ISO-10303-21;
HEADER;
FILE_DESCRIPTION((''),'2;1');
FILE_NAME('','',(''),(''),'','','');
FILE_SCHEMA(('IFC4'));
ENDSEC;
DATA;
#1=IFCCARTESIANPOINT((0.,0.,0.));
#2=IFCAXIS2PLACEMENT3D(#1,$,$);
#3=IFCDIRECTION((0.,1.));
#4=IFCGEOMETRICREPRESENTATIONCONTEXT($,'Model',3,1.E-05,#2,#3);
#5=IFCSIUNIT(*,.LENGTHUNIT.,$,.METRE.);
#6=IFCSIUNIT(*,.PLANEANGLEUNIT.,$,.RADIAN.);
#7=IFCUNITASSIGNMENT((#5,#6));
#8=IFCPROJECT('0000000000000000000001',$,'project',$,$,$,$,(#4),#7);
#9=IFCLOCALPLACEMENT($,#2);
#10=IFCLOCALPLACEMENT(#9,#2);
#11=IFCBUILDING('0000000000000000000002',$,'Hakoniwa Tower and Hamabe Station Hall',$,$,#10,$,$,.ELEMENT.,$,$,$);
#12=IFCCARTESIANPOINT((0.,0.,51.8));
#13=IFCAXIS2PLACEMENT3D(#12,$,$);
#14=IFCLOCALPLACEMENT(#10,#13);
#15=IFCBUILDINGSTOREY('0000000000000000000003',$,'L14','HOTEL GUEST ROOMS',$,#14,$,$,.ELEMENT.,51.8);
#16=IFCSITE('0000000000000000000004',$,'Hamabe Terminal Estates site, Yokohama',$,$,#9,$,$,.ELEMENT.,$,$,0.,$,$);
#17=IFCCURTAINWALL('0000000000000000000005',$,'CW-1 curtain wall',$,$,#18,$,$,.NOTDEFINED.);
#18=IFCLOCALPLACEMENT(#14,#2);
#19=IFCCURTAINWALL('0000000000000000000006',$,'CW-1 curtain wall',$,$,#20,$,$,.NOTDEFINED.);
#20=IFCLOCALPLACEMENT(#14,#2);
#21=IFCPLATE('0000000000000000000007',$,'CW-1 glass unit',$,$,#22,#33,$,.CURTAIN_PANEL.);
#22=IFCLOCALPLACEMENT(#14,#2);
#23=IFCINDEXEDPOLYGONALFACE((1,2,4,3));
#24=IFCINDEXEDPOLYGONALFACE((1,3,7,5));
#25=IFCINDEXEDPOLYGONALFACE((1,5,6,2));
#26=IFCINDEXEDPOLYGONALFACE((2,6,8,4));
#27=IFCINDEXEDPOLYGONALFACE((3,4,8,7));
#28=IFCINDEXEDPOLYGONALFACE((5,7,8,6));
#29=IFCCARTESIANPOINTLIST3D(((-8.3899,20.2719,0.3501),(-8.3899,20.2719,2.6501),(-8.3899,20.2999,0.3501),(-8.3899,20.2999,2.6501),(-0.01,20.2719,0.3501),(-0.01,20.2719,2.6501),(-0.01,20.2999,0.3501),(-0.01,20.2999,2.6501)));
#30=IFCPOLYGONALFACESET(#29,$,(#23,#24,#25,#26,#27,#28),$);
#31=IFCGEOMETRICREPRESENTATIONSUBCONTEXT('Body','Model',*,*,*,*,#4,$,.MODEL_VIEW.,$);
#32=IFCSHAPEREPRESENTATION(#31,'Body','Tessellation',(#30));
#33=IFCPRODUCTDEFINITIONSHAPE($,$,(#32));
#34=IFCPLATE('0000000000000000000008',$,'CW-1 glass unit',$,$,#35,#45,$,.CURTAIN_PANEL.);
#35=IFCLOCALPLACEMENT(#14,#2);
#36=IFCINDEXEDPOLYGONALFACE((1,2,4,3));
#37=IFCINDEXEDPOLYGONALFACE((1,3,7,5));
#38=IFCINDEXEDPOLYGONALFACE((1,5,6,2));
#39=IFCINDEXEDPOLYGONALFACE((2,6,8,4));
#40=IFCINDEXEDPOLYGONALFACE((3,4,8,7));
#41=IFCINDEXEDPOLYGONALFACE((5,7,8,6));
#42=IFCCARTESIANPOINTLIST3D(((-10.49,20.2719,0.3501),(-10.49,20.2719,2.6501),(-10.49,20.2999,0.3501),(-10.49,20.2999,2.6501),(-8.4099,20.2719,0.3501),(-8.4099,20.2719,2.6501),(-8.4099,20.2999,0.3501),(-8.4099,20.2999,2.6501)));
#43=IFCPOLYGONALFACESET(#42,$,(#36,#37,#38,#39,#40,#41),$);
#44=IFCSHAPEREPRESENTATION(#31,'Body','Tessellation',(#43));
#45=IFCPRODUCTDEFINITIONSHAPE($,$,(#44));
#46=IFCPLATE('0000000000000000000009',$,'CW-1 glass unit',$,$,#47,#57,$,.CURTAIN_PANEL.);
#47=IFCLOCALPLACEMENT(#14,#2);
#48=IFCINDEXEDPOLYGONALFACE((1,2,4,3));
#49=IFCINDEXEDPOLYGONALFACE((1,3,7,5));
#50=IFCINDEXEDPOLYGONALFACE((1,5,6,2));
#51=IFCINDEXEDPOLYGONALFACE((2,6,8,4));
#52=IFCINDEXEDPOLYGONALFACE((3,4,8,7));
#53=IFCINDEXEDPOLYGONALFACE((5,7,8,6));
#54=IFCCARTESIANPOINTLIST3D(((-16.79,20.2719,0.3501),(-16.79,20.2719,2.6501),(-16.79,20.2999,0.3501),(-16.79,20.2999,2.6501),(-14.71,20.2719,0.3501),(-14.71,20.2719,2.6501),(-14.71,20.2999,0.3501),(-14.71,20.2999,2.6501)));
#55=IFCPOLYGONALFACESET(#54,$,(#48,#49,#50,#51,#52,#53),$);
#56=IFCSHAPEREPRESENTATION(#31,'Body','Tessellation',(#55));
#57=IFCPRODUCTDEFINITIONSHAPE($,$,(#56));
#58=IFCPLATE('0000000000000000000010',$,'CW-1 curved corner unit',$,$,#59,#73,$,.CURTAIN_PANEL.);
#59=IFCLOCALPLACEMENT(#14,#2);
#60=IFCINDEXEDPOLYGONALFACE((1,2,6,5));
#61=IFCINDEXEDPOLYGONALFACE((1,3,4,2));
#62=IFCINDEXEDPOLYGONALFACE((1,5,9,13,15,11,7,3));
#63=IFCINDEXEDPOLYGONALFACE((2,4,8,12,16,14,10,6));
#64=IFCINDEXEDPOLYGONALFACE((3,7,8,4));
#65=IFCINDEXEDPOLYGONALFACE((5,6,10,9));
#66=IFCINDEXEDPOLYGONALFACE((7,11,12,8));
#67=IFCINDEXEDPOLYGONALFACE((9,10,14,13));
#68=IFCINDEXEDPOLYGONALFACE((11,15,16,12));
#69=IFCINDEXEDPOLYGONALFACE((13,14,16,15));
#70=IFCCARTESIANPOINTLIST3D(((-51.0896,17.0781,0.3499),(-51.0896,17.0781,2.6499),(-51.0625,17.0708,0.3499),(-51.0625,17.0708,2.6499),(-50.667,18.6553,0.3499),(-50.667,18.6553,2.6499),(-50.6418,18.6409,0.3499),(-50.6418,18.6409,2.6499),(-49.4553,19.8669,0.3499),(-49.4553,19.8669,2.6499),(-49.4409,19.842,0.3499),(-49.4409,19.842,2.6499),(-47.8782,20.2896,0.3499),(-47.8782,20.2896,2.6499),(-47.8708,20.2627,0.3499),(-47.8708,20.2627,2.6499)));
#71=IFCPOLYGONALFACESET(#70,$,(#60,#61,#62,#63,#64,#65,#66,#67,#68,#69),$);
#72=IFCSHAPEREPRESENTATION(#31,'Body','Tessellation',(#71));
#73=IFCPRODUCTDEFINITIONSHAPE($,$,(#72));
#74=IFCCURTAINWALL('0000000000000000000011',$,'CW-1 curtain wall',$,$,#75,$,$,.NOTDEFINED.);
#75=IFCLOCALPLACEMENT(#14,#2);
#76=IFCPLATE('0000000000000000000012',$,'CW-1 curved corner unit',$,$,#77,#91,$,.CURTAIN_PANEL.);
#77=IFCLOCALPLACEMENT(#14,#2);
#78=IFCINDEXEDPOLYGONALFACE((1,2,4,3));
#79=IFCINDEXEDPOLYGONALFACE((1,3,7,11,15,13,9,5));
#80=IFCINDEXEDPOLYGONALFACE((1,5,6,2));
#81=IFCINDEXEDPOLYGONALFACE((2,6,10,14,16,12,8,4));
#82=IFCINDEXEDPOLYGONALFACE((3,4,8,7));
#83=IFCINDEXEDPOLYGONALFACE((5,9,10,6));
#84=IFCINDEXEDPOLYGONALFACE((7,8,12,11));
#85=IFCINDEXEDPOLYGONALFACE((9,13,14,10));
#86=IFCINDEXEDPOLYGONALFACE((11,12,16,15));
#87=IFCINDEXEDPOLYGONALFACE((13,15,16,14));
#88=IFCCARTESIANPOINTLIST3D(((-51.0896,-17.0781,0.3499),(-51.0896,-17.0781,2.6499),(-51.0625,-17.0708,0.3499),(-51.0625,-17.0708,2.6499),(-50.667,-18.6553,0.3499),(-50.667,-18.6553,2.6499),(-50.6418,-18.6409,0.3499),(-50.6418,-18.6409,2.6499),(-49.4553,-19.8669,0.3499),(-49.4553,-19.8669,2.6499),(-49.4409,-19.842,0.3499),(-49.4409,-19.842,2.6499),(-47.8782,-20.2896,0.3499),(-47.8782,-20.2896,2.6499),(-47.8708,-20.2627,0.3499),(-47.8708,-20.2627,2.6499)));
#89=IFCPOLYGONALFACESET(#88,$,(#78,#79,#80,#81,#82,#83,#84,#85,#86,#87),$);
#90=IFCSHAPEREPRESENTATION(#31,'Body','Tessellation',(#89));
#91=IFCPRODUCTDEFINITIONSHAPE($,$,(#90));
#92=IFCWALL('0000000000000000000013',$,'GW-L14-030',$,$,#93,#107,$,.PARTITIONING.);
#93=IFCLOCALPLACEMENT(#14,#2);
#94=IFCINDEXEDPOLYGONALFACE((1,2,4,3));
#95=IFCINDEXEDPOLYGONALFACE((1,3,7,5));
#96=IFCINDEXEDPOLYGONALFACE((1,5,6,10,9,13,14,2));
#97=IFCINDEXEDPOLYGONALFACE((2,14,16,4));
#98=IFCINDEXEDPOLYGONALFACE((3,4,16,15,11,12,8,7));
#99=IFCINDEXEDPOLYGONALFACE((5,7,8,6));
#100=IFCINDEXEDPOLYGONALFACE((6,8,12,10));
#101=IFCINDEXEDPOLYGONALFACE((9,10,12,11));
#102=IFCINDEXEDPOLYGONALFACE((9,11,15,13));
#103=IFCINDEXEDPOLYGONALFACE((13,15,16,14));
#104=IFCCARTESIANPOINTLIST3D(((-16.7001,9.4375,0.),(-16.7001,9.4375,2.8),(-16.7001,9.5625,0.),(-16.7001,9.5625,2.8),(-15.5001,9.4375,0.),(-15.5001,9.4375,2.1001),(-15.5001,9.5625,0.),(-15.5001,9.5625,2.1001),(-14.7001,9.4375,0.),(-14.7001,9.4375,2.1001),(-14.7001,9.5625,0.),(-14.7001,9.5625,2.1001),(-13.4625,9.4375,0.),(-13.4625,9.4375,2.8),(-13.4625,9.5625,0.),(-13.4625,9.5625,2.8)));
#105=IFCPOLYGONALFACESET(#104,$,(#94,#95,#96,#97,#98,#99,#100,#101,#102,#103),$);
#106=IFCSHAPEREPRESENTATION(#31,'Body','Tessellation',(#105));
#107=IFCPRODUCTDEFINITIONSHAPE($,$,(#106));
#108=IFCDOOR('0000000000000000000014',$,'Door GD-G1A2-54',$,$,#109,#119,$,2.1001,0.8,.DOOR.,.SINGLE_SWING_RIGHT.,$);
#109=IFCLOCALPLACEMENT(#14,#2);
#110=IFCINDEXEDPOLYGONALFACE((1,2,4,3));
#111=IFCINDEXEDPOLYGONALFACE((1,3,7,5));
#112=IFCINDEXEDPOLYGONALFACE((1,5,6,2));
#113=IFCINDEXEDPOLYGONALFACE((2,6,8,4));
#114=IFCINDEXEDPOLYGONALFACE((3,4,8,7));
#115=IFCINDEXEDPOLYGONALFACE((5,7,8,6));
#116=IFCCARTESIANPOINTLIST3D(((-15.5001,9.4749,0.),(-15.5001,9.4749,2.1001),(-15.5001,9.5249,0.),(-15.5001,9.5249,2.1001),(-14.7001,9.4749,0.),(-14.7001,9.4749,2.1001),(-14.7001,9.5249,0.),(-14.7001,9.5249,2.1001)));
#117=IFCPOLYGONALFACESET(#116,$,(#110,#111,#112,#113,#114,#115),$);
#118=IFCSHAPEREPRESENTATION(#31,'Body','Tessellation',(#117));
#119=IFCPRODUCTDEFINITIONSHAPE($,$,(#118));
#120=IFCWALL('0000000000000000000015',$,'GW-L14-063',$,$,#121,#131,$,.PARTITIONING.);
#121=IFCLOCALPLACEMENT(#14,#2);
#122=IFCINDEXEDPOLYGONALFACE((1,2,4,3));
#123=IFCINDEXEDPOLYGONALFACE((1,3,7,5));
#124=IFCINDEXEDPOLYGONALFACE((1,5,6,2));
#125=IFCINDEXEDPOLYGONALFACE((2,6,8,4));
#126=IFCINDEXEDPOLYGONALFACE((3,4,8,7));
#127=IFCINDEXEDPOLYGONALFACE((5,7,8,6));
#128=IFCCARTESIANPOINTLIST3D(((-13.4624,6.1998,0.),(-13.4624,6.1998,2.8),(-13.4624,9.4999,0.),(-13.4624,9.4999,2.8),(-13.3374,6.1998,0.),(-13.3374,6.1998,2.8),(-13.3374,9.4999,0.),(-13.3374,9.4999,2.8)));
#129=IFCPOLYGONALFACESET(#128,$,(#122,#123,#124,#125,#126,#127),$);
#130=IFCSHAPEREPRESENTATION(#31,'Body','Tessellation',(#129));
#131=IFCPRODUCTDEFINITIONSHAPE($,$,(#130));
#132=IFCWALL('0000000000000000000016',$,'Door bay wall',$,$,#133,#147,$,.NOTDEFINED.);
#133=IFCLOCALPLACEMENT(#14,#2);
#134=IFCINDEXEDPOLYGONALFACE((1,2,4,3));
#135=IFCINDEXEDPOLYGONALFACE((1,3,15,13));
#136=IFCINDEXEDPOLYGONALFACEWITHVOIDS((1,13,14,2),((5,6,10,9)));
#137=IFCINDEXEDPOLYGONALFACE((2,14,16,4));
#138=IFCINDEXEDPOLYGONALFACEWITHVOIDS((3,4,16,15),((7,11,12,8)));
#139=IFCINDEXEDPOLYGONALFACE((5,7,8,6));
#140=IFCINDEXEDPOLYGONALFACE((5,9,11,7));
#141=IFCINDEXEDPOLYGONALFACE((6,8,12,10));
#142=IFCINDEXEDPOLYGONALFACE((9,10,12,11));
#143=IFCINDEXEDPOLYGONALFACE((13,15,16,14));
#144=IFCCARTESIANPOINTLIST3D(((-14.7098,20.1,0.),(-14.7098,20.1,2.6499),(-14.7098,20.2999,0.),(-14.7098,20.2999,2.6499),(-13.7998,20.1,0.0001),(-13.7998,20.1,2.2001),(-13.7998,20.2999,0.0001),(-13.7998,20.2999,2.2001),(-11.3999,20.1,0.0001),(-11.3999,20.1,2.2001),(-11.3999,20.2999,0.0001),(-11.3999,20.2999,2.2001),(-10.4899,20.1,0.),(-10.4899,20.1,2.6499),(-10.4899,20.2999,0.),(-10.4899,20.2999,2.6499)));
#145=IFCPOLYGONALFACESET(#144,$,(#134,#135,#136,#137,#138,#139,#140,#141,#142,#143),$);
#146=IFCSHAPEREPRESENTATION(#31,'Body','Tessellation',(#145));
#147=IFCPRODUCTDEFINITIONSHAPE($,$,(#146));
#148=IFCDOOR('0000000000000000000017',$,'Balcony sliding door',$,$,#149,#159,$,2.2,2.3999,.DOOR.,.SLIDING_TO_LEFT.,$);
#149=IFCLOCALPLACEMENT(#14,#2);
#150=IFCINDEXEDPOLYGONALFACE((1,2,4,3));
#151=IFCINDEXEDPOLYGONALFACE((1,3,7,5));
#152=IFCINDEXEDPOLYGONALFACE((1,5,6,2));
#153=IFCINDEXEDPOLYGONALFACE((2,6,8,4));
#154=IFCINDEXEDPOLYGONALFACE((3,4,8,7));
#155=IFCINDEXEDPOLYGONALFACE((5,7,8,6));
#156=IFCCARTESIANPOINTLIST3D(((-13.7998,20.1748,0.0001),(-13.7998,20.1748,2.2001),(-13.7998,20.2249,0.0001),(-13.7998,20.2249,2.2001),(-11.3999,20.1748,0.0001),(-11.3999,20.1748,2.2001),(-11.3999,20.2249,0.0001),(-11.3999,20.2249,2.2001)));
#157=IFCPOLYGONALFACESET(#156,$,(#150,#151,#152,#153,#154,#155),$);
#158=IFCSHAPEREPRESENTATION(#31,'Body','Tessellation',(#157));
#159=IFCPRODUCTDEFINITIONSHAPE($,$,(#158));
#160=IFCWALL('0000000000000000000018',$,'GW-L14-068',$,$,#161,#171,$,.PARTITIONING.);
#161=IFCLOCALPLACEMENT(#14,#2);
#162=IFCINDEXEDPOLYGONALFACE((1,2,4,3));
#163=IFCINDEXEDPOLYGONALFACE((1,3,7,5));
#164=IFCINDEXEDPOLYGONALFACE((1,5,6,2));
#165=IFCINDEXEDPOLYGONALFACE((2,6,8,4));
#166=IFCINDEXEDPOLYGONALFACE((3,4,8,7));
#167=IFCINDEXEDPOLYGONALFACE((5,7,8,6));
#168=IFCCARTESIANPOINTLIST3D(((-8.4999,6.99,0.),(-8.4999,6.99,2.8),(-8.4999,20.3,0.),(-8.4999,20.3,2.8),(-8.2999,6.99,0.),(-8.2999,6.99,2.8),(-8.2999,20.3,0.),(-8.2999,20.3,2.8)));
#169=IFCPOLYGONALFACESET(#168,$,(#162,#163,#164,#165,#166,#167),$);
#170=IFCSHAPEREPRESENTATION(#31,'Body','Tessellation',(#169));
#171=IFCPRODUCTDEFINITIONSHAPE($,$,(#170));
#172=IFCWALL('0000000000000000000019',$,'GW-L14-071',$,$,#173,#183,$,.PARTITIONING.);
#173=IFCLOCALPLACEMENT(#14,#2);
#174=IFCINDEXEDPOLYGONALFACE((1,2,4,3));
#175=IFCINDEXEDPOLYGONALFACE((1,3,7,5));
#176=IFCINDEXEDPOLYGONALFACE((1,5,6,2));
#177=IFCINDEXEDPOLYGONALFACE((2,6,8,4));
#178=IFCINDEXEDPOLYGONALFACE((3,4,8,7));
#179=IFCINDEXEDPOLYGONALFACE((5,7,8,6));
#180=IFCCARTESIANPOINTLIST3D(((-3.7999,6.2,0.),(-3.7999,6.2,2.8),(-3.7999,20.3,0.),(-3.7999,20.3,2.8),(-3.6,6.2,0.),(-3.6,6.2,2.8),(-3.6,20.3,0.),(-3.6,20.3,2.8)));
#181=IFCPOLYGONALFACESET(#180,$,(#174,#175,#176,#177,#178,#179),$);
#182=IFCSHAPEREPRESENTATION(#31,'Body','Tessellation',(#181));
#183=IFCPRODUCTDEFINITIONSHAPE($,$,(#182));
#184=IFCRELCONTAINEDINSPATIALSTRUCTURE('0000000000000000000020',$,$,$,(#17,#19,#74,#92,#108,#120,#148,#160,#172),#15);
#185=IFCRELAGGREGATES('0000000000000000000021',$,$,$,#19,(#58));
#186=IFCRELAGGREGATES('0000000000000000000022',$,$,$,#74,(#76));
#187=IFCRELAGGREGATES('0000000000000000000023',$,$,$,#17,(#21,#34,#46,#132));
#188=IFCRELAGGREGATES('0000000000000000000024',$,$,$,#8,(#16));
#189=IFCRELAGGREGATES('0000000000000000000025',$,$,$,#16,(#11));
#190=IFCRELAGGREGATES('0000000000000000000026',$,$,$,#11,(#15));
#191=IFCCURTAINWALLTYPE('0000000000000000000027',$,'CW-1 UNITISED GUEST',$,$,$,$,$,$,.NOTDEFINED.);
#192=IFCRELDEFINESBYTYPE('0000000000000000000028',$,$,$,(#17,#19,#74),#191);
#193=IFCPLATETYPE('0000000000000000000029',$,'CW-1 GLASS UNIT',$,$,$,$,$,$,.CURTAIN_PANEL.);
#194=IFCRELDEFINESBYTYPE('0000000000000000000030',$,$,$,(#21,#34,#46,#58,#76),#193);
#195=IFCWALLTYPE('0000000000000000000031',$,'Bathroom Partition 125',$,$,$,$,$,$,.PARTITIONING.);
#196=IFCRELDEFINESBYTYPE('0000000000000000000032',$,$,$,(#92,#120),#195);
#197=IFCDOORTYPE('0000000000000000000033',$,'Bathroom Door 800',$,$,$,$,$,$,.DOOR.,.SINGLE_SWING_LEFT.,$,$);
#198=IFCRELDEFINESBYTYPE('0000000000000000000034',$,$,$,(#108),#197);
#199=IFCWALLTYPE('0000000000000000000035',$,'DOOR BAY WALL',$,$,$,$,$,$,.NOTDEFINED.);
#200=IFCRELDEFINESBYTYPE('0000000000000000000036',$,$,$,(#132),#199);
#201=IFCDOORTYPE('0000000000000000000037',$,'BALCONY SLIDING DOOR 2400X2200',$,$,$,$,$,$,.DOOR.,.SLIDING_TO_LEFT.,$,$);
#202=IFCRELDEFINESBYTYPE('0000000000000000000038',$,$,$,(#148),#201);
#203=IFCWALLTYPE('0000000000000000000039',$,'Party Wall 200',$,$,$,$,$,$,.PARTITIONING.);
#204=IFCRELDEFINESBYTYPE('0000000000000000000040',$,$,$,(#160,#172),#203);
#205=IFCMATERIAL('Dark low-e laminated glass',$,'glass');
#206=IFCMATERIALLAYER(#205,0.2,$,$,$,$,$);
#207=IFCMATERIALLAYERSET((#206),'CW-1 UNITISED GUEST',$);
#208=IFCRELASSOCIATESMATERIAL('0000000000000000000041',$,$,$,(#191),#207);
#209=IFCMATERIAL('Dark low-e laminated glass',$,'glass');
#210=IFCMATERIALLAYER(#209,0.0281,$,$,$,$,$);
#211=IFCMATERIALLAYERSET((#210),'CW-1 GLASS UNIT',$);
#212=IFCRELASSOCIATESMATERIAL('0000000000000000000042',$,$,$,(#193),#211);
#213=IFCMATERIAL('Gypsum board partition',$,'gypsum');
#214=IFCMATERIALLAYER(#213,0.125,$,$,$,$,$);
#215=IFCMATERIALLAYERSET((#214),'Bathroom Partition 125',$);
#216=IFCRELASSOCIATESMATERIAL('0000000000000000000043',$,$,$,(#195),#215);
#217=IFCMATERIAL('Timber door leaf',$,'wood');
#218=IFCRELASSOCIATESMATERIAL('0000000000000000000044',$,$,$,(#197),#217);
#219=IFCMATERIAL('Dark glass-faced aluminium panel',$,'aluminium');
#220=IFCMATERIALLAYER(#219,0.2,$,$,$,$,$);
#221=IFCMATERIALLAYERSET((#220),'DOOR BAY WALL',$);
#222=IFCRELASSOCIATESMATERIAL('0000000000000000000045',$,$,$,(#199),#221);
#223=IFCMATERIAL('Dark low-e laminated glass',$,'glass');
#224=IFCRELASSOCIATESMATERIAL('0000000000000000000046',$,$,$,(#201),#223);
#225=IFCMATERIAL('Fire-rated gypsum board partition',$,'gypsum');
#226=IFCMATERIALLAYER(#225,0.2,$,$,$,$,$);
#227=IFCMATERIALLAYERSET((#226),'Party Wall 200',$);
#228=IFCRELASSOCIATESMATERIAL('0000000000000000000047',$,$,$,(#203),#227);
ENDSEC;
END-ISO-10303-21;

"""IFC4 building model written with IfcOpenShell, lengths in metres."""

from ifc_helpers import new_model, si_unit, direction, frame, frame_2d, origin, origin_2d, place, context, subcontext, project, spatial, polyline, rectangle, outline, extrude, material, layer, layer_set, type_object, element, fill, aggregate, save


model = new_model("IFC4")

# Units and contexts
model_context = context("Model", 3, precision=1e-05, world=origin(), true_north=direction((0.0, 1.0)))
body_context = subcontext(model_context, "Body", "Model", "MODEL_VIEW")
ifc_project = project(units=[si_unit("LENGTHUNIT", "METRE"), si_unit("PLANEANGLEUNIT", "RADIAN")], contexts=[model_context])

# Site, building, storey
site_placement = place(None, origin())
site = spatial("IfcSite", under=ifc_project, at=site_placement, Name="Hamabe Terminal Estates site, Yokohama", CompositionType="ELEMENT", RefElevation=0.0)
building_placement = place(site_placement, origin())
building = spatial("IfcBuilding", under=site, at=building_placement, Name="Hakoniwa Tower and Hamabe Station Hall", CompositionType="ELEMENT")
storey_placement = place(building_placement, frame((0.0, 0.0, 51.8)))
storey = spatial("IfcBuildingStorey", under=building, at=storey_placement, Name="L14", Description="HOTEL GUEST ROOMS", CompositionType="ELEMENT", Elevation=51.8)

# Curtain walls
ifc_material_1 = material(Name="Dark low-e laminated glass", Category="glass")
ifc_layer_1 = layer(ifc_material_1, 0.2)
ifc_layer_set_1 = layer_set([ifc_layer_1], Name="CW-1 UNITISED GUEST")
curtain_wall_type = type_object("IfcCurtainWallType", Name="CW-1 UNITISED GUEST", PredefinedType="NOTDEFINED", material=ifc_layer_set_1)
curtain_wall_1_placement = place(storey_placement, origin())
curtain_wall_1 = element("IfcCurtainWall", 1, at=curtain_wall_1_placement, inside=storey, type_object=curtain_wall_type, Name="CW-1 curtain wall", PredefinedType="NOTDEFINED")
curtain_wall_2_placement = place(storey_placement, origin())
curtain_wall_2 = element("IfcCurtainWall", 2, at=curtain_wall_2_placement, inside=storey, type_object=curtain_wall_type, Name="CW-1 curtain wall", PredefinedType="NOTDEFINED")

# Plates
ifc_material_2 = material(Name="Dark low-e laminated glass", Category="glass")
ifc_layer_2 = layer(ifc_material_2, 0.0281)
ifc_layer_set_2 = layer_set([ifc_layer_2], Name="CW-1 GLASS UNIT")
plate_type = type_object("IfcPlateType", Name="CW-1 GLASS UNIT", PredefinedType="CURTAIN_PANEL", material=ifc_layer_set_2)
plate_1_placement = place(storey_placement, frame((-4.2, 20.2859, 0.3501), z_axis=(0.0, 0.0, 1.0), x_axis=(-1.0, 0.0, 0.0)))
plate_1 = element("IfcPlate", 3, at=plate_1_placement, type_object=plate_type, Name="CW-1 glass unit", PredefinedType="CURTAIN_PANEL", context=body_context, shape_type="SweptSolid", body=[
    extrude(rectangle(XDim=8.3799, YDim=0.0281, at=origin_2d()), origin(), (0.0, 0.0, 1.0), 2.3),
])
plate_2_placement = place(storey_placement, frame((-9.45, 20.2859, 0.3501), z_axis=(0.0, 0.0, 1.0), x_axis=(-1.0, 0.0, 0.0)))
plate_2 = element("IfcPlate", 4, at=plate_2_placement, type_object=plate_type, Name="CW-1 glass unit", PredefinedType="CURTAIN_PANEL", context=body_context, shape_type="SweptSolid", body=[
    extrude(rectangle(XDim=2.0801, YDim=0.0281, at=origin_2d()), origin(), (0.0, 0.0, 1.0), 2.3),
])
plate_3_placement = place(storey_placement, frame((-15.75, 20.2859, 0.3501), z_axis=(0.0, 0.0, 1.0), x_axis=(-1.0, 0.0, 0.0)))
plate_3 = element("IfcPlate", 5, at=plate_3_placement, type_object=plate_type, Name="CW-1 glass unit", PredefinedType="CURTAIN_PANEL", context=body_context, shape_type="SweptSolid", body=[
    extrude(rectangle(XDim=2.0801, YDim=0.0281, at=origin_2d()), origin(), (0.0, 0.0, 1.0), 2.3),
])
plate_4_placement = place(storey_placement, frame((0.0, 0.0, 0.3499)))
plate_4 = element("IfcPlate", 6, at=plate_4_placement, type_object=plate_type, Name="CW-1 curved corner unit", PredefinedType="CURTAIN_PANEL", context=body_context, shape_type="SweptSolid", body=[
    extrude(outline(polyline([(-47.8782, 20.2896), (-49.4553, 19.8669), (-50.667, 18.6553), (-51.0896, 17.0781), (-51.0625, 17.0708), (-50.6418, 18.6409), (-49.4409, 19.842), (-47.8708, 20.2627), (-47.8782, 20.2896)])), origin(), (0.0, 0.0, 1.0), 2.3),
])
aggregate(curtain_wall_2, [plate_4])

# Curtain wall, plate
curtain_wall_3_placement = place(storey_placement, origin())
curtain_wall_3 = element("IfcCurtainWall", 7, at=curtain_wall_3_placement, inside=storey, type_object=curtain_wall_type, Name="CW-1 curtain wall", PredefinedType="NOTDEFINED")
plate_5_placement = place(storey_placement, frame((0.0, 0.0, 0.3499)))
plate_5 = element("IfcPlate", 8, at=plate_5_placement, type_object=plate_type, Name="CW-1 curved corner unit", PredefinedType="CURTAIN_PANEL", context=body_context, shape_type="SweptSolid", body=[
    extrude(outline(polyline([(-51.0896, -17.0781), (-50.667, -18.6553), (-49.4553, -19.8669), (-47.8782, -20.2896), (-47.8708, -20.2627), (-49.4409, -19.842), (-50.6418, -18.6409), (-51.0625, -17.0708), (-51.0896, -17.0781)])), origin(), (0.0, 0.0, 1.0), 2.3),
])
aggregate(curtain_wall_3, [plate_5])

# Wall, opening, door
ifc_material_3 = material(Name="Gypsum board partition", Category="gypsum")
ifc_layer_3 = layer(ifc_material_3, 0.125)
ifc_layer_set_3 = layer_set([ifc_layer_3], Name="Bathroom Partition 125")
wall_type_1 = type_object("IfcWallType", Name="Bathroom Partition 125", PredefinedType="PARTITIONING", material=ifc_layer_set_3)
wall_1_placement = place(storey_placement, frame((-16.7, 9.5, 0.0), z_axis=(0.0, 0.0, 1.0), x_axis=(1.0, 0.0, 0.0)))
wall_1 = element("IfcWall", 9, at=wall_1_placement, inside=storey, type_object=wall_type_1, Name="GW-L14-030", PredefinedType="PARTITIONING", context=body_context, shape_type="SweptSolid", body=[
    extrude(rectangle(XDim=3.2375, YDim=0.125, at=frame_2d((1.6187, 0.0))), origin(), (0.0, 0.0, 1.0), 2.8),
])
opening_1_placement = place(wall_1_placement, frame((1.2, 0.0, 0.0)))
opening_1 = element("IfcOpeningElement", 10, at=opening_1_placement, cuts=wall_1, PredefinedType="OPENING", context=body_context, shape_type="SweptSolid", body=[
    extrude(rectangle(XDim=0.8, YDim=2.1001, at=frame_2d((0.3999, 1.05))), frame((0.0, 0.0725, 0.0), z_axis=(0.0, -1.0, 0.0), x_axis=(1.0, 0.0, 0.0)), (0.0, 0.0, 1.0), 0.145),
])
ifc_material_4 = material(Name="Timber door leaf", Category="wood")
door_type_1 = type_object("IfcDoorType", Name="Bathroom Door 800", OperationType="SINGLE_SWING_LEFT", PredefinedType="DOOR", material=ifc_material_4)
door_1_placement = place(opening_1_placement, origin())
door_1 = element("IfcDoor", 11, at=door_1_placement, inside=storey, type_object=door_type_1, Name="Door GD-G1A2-54", OperationType="SINGLE_SWING_RIGHT", OverallHeight=2.1001, OverallWidth=0.8, PredefinedType="DOOR", context=body_context, shape_type="SweptSolid", body=[
    extrude(rectangle(XDim=0.8, YDim=2.1001, at=frame_2d((0.3999, 1.05))), frame((0.0, 0.0249, 0.0), z_axis=(0.0, -1.0, 0.0), x_axis=(1.0, 0.0, 0.0)), (0.0, 0.0, 1.0), 0.05),
])
fill(opening_1, door_1)

# Wall
wall_2_placement = place(storey_placement, frame((-13.3999, 6.2, 0.0), z_axis=(0.0, 0.0, 1.0), x_axis=(0.0, 1.0, 0.0)))
element("IfcWall", 12, at=wall_2_placement, inside=storey, type_object=wall_type_1, Name="GW-L14-063", PredefinedType="PARTITIONING", context=body_context, shape_type="SweptSolid", body=[
    extrude(rectangle(XDim=3.3, YDim=0.125, at=frame_2d((1.6499, 0.0))), origin(), (0.0, 0.0, 1.0), 2.8),
])

# Wall, opening, door
ifc_material_5 = material(Name="Dark glass-faced aluminium panel", Category="aluminium")
ifc_layer_4 = layer(ifc_material_5, 0.2)
ifc_layer_set_4 = layer_set([ifc_layer_4], Name="DOOR BAY WALL")
wall_type_2 = type_object("IfcWallType", Name="DOOR BAY WALL", PredefinedType="NOTDEFINED", material=ifc_layer_set_4)
wall_3_placement = place(storey_placement, frame((-10.49, 20.2, 0.0), z_axis=(0.0, 0.0, 1.0), x_axis=(-1.0, 0.0, 0.0)))
wall_3 = element("IfcWall", 13, at=wall_3_placement, type_object=wall_type_2, Name="Door bay wall", PredefinedType="NOTDEFINED", context=body_context, shape_type="SweptSolid", body=[
    extrude(rectangle(XDim=4.22, YDim=0.2, at=frame_2d((2.1099, 0.0))), origin(), (0.0, 0.0, 1.0), 2.6499),
])
opening_2_placement = place(wall_3_placement, frame((0.9099, 0.0, 0.0)))
opening_2 = element("IfcOpeningElement", 14, at=opening_2_placement, cuts=wall_3, PredefinedType="OPENING", context=body_context, shape_type="SweptSolid", body=[
    extrude(rectangle(XDim=2.3999, YDim=2.2, at=frame_2d((1.2, 1.1001))), frame((0.0, 0.1099, 0.0), z_axis=(0.0, -1.0, 0.0), x_axis=(1.0, 0.0, 0.0)), (0.0, 0.0, 1.0), 0.22),
])
ifc_material_6 = material(Name="Dark low-e laminated glass", Category="glass")
door_type_2 = type_object("IfcDoorType", Name="BALCONY SLIDING DOOR 2400X2200", OperationType="SLIDING_TO_LEFT", PredefinedType="DOOR", material=ifc_material_6)
door_2_placement = place(opening_2_placement, frame((2.3999, 0.0, 0.0), z_axis=(0.0, 0.0, 1.0), x_axis=(-1.0, 0.0, 0.0)))
door_2 = element("IfcDoor", 15, at=door_2_placement, inside=storey, type_object=door_type_2, Name="Balcony sliding door", OperationType="SLIDING_TO_LEFT", OverallHeight=2.2, OverallWidth=2.3999, PredefinedType="DOOR", context=body_context, shape_type="SweptSolid", body=[
    extrude(rectangle(XDim=2.3999, YDim=2.2, at=frame_2d((1.2, 1.1001))), frame((0.0, 0.0249, 0.0), z_axis=(0.0, -1.0, 0.0), x_axis=(1.0, 0.0, 0.0)), (0.0, 0.0, 1.0), 0.05),
])
fill(opening_2, door_2)
aggregate(curtain_wall_1, [plate_1, plate_2, plate_3, wall_3])

# Walls
ifc_material_7 = material(Name="Fire-rated gypsum board partition", Category="gypsum")
ifc_layer_5 = layer(ifc_material_7, 0.2)
ifc_layer_set_5 = layer_set([ifc_layer_5], Name="Party Wall 200")
wall_type_3 = type_object("IfcWallType", Name="Party Wall 200", PredefinedType="PARTITIONING", material=ifc_layer_set_5)
wall_4_placement = place(storey_placement, frame((-8.3999, 6.99, 0.0), z_axis=(0.0, 0.0, 1.0), x_axis=(0.0, 1.0, 0.0)))
element("IfcWall", 16, at=wall_4_placement, inside=storey, type_object=wall_type_3, Name="GW-L14-068", PredefinedType="PARTITIONING", context=body_context, shape_type="SweptSolid", body=[
    extrude(rectangle(XDim=13.3101, YDim=0.2, at=frame_2d((6.655, 0.0))), origin(), (0.0, 0.0, 1.0), 2.8),
])
wall_5_placement = place(storey_placement, frame((-3.7, 6.2, 0.0), z_axis=(0.0, 0.0, 1.0), x_axis=(0.0, 1.0, 0.0)))
element("IfcWall", 17, at=wall_5_placement, inside=storey, type_object=wall_type_3, Name="GW-L14-071", PredefinedType="PARTITIONING", context=body_context, shape_type="SweptSolid", body=[
    extrude(rectangle(XDim=14.1001, YDim=0.2, at=frame_2d((7.05, 0.0))), origin(), (0.0, 0.0, 1.0), 2.8),
])

save(model, "model.ifc")
